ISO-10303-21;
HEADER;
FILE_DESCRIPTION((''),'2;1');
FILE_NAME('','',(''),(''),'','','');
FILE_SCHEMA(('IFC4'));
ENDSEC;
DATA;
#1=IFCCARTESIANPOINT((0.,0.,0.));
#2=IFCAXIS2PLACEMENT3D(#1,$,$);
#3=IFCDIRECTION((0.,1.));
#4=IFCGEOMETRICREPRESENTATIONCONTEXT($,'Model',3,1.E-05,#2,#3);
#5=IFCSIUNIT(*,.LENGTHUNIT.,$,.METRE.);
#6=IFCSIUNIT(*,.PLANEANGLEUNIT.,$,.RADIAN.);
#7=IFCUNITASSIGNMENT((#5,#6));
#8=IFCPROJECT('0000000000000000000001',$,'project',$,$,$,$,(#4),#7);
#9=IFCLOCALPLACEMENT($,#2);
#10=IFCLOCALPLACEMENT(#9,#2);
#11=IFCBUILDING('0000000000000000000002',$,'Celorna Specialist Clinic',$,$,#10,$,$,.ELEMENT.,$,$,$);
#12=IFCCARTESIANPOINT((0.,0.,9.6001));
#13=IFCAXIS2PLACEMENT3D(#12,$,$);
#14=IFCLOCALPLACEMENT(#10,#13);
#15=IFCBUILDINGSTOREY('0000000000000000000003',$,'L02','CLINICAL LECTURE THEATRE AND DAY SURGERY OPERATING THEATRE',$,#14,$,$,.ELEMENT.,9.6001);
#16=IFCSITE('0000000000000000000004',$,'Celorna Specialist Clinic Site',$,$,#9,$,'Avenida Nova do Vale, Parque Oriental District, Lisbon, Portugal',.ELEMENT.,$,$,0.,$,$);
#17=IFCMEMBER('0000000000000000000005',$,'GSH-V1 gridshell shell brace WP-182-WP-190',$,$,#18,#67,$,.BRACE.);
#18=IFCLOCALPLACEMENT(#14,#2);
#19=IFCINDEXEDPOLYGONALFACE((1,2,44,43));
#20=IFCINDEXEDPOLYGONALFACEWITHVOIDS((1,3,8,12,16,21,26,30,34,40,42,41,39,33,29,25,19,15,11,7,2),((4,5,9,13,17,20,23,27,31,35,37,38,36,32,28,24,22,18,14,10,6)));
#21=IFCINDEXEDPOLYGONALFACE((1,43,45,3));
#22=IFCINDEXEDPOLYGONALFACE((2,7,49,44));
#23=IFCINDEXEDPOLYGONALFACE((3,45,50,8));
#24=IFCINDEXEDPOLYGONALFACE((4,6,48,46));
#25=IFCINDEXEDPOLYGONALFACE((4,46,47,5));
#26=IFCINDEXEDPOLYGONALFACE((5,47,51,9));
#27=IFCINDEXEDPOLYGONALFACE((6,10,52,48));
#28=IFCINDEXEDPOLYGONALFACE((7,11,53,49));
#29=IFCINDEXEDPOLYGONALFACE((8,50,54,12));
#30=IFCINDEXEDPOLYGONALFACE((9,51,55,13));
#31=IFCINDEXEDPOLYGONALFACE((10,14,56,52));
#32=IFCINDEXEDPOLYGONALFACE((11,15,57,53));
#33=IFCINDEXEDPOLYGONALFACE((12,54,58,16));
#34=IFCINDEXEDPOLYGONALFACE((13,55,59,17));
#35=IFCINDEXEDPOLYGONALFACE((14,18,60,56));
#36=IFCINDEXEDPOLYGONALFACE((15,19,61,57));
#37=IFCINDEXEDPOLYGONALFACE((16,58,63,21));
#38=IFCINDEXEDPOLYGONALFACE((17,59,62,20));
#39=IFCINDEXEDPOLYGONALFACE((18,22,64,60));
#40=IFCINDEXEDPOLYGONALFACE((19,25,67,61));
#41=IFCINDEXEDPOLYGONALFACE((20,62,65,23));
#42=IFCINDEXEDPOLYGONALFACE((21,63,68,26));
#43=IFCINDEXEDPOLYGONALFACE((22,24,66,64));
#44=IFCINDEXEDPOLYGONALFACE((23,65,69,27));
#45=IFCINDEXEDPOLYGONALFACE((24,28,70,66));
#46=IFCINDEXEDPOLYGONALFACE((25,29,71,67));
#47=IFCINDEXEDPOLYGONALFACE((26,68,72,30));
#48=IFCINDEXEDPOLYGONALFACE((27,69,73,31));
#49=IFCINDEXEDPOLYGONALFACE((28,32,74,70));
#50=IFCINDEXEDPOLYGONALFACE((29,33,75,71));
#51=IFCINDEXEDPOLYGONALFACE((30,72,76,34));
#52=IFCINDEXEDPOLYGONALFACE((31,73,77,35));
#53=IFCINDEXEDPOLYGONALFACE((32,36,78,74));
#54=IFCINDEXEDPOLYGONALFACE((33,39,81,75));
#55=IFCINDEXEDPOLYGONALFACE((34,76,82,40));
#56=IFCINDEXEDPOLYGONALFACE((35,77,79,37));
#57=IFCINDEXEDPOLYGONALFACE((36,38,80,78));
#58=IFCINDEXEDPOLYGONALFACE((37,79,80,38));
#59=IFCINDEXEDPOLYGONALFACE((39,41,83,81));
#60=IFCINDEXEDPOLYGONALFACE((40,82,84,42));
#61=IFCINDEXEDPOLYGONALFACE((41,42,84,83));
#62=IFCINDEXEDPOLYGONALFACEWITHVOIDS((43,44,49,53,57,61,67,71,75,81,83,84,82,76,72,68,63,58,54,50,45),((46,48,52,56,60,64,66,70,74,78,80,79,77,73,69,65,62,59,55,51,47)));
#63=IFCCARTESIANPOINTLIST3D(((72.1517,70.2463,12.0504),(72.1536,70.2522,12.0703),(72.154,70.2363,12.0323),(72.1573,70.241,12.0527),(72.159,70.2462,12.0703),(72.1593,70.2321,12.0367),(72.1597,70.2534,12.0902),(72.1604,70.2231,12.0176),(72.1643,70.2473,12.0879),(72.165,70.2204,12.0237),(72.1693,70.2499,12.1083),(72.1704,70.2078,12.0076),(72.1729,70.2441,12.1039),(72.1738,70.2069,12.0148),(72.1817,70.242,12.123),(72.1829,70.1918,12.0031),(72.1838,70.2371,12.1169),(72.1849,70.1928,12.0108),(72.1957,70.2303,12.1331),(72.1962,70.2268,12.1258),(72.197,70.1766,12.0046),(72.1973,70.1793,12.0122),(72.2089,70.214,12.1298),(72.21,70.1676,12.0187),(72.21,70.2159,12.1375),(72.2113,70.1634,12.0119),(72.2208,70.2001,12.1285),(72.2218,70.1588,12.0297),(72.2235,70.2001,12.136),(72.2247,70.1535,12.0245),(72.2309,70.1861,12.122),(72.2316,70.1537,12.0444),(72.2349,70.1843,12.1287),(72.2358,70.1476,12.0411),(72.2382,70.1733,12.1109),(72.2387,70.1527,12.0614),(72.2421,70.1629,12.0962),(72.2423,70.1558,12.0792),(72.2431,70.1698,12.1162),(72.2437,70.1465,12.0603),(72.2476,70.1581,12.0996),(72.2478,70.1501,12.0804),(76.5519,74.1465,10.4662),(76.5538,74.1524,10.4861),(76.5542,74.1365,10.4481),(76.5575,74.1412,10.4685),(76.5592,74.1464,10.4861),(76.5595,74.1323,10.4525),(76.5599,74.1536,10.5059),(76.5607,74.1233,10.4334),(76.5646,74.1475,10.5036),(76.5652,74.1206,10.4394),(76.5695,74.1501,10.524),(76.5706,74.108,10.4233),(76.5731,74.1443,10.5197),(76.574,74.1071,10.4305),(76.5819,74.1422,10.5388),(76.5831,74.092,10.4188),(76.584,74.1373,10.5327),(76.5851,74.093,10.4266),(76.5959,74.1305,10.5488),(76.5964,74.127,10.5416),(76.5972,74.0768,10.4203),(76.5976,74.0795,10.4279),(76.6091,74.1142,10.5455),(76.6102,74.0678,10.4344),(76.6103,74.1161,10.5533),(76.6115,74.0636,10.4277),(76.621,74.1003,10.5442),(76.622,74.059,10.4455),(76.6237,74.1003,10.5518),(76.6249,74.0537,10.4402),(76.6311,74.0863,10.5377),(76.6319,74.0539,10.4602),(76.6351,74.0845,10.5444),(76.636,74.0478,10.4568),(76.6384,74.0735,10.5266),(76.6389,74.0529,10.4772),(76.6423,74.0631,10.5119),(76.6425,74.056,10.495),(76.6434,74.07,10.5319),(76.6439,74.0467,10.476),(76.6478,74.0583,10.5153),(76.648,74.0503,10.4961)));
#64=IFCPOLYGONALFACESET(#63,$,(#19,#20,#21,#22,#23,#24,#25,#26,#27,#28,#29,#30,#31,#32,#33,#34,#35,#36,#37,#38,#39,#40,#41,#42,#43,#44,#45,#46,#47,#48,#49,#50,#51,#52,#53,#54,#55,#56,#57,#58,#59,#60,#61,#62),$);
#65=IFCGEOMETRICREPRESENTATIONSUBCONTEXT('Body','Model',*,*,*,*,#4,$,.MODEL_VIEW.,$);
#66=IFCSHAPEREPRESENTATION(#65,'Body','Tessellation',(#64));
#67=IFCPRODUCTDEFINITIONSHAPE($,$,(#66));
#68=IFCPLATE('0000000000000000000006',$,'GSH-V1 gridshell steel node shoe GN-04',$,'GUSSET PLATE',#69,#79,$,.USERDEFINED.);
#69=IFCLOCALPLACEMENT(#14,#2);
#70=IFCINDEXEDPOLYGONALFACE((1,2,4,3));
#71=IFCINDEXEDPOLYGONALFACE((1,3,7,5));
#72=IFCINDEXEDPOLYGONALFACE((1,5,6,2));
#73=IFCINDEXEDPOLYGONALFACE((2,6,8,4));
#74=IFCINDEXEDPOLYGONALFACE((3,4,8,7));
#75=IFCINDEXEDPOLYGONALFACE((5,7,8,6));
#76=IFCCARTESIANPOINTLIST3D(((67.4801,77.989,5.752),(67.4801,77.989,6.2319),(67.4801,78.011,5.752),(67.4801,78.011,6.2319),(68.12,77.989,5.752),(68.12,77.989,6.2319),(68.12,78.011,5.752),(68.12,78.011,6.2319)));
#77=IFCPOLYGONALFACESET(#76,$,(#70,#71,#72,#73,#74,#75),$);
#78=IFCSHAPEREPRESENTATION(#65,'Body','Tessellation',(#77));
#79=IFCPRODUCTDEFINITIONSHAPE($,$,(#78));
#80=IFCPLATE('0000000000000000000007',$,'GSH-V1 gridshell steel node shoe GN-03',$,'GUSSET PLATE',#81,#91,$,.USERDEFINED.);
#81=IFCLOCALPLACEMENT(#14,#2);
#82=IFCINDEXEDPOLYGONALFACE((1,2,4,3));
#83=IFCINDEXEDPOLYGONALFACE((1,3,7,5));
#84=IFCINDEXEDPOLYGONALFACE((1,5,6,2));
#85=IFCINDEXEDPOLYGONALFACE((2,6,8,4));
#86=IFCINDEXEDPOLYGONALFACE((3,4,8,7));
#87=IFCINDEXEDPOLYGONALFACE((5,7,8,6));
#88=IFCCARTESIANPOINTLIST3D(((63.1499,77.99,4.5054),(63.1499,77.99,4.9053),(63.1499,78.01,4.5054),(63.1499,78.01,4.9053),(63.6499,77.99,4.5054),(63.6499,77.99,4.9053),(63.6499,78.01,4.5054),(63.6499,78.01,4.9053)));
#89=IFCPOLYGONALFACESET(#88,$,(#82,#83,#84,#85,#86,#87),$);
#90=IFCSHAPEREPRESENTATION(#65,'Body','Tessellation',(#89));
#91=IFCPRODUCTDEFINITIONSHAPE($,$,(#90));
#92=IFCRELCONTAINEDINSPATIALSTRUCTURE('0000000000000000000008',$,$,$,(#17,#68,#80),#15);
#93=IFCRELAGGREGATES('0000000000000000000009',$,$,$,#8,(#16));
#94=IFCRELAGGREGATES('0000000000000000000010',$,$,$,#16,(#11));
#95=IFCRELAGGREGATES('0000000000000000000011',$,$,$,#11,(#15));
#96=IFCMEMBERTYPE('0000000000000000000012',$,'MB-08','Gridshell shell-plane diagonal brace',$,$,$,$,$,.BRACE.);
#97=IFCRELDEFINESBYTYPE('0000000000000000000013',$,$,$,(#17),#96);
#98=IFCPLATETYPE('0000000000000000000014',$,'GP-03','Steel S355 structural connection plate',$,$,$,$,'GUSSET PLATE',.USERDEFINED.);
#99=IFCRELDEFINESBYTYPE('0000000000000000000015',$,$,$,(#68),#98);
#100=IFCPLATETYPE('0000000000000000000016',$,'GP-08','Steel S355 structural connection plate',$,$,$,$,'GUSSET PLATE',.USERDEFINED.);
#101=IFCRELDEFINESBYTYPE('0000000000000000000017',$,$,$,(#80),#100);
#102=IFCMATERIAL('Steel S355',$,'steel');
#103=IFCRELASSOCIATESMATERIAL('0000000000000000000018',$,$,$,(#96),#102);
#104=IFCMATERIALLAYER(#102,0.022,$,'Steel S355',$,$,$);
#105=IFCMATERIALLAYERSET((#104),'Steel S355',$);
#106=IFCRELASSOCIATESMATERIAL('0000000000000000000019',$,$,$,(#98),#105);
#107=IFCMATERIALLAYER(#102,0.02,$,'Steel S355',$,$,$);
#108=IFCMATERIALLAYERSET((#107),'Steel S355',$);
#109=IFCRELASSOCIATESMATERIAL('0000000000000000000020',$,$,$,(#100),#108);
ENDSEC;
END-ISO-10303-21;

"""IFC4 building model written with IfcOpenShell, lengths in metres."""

from ifc_helpers import new_model, si_unit, direction, frame, origin, origin_2d, place, context, subcontext, project, spatial, rectangle, hollow_circle, extrude, material, layer, layer_set, material_profile, profile_set, type_object, element, save


model = new_model("IFC4")

# Units and contexts
model_context = context("Model", 3, precision=1e-05, world=origin(), true_north=direction((0.0, 1.0)))
body_context = subcontext(model_context, "Body", "Model", "MODEL_VIEW")
ifc_project = project(units=[si_unit("LENGTHUNIT", "METRE"), si_unit("PLANEANGLEUNIT", "RADIAN")], contexts=[model_context])

# Site, building, storey
site_placement = place(None, origin())
site = spatial("IfcSite", under=ifc_project, at=site_placement, Name="Celorna Specialist Clinic Site", LongName="Avenida Nova do Vale, Parque Oriental District, Lisbon, Portugal", CompositionType="ELEMENT", RefElevation=0.0)
building_placement = place(site_placement, origin())
building = spatial("IfcBuilding", under=site, at=building_placement, Name="Celorna Specialist Clinic", CompositionType="ELEMENT")
storey_placement = place(building_placement, frame((0.0, 0.0, 9.6001)))
storey = spatial("IfcBuildingStorey", under=building, at=storey_placement, Name="L02", Description="CLINICAL LECTURE THEATRE AND DAY SURGERY OPERATING THEATRE", CompositionType="ELEMENT", Elevation=9.6001)

# Shared definitions
ifc_material_1 = material(Name="Steel S355", Category="steel")

# Member
ifc_material_profile_1 = material_profile(ifc_material_1, hollow_circle(Radius=0.0698, WallThickness=0.0081, at=origin_2d()), Name="CHS 139.7x8")
ifc_profile_set_1 = profile_set([ifc_material_profile_1], Name="Steel S355")
member_type_1 = type_object("IfcMemberType", Name="MB-08", Description="Gridshell shell-plane diagonal brace", PredefinedType="BRACE", material=ifc_profile_set_1)
member_1_placement = place(storey_placement, frame((72.2, 70.2, 12.0703), z_axis=(0.722577, 0.640469, -0.260157), x_axis=(-0.663309, 0.748346, 0.0)))
element("IfcMember", 1, at=member_1_placement, inside=storey, type_object=member_type_1, Name="GSH-V1 gridshell shell brace WP-182-WP-190", PredefinedType="BRACE", context=body_context, shape_type="SweptSolid", body=[
    extrude(hollow_circle(Radius=0.0698, WallThickness=0.0081, at=origin_2d()), origin(), (0.0, 0.0, 1.0), 6.0896),
])

# Plates
ifc_layer_1 = layer(ifc_material_1, 0.022, Name="Steel S355")
ifc_layer_set_1 = layer_set([ifc_layer_1], Name="Steel S355")
plate_type_1 = type_object("IfcPlateType", Name="GP-03", Description="Steel S355 structural connection plate", ElementType="GUSSET PLATE", PredefinedType="USERDEFINED", material=ifc_layer_set_1)
plate_1_placement = place(storey_placement, frame((67.8, 78.0, 5.752), z_axis=(0.0, 0.0, 1.0), x_axis=(1.0, 0.0, 0.0)))
element("IfcPlate", 2, at=plate_1_placement, inside=storey, type_object=plate_type_1, Name="GSH-V1 gridshell steel node shoe GN-04", ObjectType="GUSSET PLATE", PredefinedType="USERDEFINED", context=body_context, shape_type="SweptSolid", body=[
    extrude(rectangle(XDim=0.6399, YDim=0.022, at=origin_2d()), origin(), (0.0, 0.0, 1.0), 0.48),
])
ifc_layer_2 = layer(ifc_material_1, 0.02, Name="Steel S355")
ifc_layer_set_2 = layer_set([ifc_layer_2], Name="Steel S355")
plate_type_2 = type_object("IfcPlateType", Name="GP-08", Description="Steel S355 structural connection plate", ElementType="GUSSET PLATE", PredefinedType="USERDEFINED", material=ifc_layer_set_2)
plate_2_placement = place(storey_placement, frame((63.3999, 78.0, 4.5054), z_axis=(0.0, 0.0, 1.0), x_axis=(1.0, 0.0, 0.0)))
element("IfcPlate", 3, at=plate_2_placement, inside=storey, type_object=plate_type_2, Name="GSH-V1 gridshell steel node shoe GN-03", ObjectType="GUSSET PLATE", PredefinedType="USERDEFINED", context=body_context, shape_type="SweptSolid", body=[
    extrude(rectangle(XDim=0.5, YDim=0.02, at=origin_2d()), origin(), (0.0, 0.0, 1.0), 0.3999),
])

save(model, "model.ifc")
